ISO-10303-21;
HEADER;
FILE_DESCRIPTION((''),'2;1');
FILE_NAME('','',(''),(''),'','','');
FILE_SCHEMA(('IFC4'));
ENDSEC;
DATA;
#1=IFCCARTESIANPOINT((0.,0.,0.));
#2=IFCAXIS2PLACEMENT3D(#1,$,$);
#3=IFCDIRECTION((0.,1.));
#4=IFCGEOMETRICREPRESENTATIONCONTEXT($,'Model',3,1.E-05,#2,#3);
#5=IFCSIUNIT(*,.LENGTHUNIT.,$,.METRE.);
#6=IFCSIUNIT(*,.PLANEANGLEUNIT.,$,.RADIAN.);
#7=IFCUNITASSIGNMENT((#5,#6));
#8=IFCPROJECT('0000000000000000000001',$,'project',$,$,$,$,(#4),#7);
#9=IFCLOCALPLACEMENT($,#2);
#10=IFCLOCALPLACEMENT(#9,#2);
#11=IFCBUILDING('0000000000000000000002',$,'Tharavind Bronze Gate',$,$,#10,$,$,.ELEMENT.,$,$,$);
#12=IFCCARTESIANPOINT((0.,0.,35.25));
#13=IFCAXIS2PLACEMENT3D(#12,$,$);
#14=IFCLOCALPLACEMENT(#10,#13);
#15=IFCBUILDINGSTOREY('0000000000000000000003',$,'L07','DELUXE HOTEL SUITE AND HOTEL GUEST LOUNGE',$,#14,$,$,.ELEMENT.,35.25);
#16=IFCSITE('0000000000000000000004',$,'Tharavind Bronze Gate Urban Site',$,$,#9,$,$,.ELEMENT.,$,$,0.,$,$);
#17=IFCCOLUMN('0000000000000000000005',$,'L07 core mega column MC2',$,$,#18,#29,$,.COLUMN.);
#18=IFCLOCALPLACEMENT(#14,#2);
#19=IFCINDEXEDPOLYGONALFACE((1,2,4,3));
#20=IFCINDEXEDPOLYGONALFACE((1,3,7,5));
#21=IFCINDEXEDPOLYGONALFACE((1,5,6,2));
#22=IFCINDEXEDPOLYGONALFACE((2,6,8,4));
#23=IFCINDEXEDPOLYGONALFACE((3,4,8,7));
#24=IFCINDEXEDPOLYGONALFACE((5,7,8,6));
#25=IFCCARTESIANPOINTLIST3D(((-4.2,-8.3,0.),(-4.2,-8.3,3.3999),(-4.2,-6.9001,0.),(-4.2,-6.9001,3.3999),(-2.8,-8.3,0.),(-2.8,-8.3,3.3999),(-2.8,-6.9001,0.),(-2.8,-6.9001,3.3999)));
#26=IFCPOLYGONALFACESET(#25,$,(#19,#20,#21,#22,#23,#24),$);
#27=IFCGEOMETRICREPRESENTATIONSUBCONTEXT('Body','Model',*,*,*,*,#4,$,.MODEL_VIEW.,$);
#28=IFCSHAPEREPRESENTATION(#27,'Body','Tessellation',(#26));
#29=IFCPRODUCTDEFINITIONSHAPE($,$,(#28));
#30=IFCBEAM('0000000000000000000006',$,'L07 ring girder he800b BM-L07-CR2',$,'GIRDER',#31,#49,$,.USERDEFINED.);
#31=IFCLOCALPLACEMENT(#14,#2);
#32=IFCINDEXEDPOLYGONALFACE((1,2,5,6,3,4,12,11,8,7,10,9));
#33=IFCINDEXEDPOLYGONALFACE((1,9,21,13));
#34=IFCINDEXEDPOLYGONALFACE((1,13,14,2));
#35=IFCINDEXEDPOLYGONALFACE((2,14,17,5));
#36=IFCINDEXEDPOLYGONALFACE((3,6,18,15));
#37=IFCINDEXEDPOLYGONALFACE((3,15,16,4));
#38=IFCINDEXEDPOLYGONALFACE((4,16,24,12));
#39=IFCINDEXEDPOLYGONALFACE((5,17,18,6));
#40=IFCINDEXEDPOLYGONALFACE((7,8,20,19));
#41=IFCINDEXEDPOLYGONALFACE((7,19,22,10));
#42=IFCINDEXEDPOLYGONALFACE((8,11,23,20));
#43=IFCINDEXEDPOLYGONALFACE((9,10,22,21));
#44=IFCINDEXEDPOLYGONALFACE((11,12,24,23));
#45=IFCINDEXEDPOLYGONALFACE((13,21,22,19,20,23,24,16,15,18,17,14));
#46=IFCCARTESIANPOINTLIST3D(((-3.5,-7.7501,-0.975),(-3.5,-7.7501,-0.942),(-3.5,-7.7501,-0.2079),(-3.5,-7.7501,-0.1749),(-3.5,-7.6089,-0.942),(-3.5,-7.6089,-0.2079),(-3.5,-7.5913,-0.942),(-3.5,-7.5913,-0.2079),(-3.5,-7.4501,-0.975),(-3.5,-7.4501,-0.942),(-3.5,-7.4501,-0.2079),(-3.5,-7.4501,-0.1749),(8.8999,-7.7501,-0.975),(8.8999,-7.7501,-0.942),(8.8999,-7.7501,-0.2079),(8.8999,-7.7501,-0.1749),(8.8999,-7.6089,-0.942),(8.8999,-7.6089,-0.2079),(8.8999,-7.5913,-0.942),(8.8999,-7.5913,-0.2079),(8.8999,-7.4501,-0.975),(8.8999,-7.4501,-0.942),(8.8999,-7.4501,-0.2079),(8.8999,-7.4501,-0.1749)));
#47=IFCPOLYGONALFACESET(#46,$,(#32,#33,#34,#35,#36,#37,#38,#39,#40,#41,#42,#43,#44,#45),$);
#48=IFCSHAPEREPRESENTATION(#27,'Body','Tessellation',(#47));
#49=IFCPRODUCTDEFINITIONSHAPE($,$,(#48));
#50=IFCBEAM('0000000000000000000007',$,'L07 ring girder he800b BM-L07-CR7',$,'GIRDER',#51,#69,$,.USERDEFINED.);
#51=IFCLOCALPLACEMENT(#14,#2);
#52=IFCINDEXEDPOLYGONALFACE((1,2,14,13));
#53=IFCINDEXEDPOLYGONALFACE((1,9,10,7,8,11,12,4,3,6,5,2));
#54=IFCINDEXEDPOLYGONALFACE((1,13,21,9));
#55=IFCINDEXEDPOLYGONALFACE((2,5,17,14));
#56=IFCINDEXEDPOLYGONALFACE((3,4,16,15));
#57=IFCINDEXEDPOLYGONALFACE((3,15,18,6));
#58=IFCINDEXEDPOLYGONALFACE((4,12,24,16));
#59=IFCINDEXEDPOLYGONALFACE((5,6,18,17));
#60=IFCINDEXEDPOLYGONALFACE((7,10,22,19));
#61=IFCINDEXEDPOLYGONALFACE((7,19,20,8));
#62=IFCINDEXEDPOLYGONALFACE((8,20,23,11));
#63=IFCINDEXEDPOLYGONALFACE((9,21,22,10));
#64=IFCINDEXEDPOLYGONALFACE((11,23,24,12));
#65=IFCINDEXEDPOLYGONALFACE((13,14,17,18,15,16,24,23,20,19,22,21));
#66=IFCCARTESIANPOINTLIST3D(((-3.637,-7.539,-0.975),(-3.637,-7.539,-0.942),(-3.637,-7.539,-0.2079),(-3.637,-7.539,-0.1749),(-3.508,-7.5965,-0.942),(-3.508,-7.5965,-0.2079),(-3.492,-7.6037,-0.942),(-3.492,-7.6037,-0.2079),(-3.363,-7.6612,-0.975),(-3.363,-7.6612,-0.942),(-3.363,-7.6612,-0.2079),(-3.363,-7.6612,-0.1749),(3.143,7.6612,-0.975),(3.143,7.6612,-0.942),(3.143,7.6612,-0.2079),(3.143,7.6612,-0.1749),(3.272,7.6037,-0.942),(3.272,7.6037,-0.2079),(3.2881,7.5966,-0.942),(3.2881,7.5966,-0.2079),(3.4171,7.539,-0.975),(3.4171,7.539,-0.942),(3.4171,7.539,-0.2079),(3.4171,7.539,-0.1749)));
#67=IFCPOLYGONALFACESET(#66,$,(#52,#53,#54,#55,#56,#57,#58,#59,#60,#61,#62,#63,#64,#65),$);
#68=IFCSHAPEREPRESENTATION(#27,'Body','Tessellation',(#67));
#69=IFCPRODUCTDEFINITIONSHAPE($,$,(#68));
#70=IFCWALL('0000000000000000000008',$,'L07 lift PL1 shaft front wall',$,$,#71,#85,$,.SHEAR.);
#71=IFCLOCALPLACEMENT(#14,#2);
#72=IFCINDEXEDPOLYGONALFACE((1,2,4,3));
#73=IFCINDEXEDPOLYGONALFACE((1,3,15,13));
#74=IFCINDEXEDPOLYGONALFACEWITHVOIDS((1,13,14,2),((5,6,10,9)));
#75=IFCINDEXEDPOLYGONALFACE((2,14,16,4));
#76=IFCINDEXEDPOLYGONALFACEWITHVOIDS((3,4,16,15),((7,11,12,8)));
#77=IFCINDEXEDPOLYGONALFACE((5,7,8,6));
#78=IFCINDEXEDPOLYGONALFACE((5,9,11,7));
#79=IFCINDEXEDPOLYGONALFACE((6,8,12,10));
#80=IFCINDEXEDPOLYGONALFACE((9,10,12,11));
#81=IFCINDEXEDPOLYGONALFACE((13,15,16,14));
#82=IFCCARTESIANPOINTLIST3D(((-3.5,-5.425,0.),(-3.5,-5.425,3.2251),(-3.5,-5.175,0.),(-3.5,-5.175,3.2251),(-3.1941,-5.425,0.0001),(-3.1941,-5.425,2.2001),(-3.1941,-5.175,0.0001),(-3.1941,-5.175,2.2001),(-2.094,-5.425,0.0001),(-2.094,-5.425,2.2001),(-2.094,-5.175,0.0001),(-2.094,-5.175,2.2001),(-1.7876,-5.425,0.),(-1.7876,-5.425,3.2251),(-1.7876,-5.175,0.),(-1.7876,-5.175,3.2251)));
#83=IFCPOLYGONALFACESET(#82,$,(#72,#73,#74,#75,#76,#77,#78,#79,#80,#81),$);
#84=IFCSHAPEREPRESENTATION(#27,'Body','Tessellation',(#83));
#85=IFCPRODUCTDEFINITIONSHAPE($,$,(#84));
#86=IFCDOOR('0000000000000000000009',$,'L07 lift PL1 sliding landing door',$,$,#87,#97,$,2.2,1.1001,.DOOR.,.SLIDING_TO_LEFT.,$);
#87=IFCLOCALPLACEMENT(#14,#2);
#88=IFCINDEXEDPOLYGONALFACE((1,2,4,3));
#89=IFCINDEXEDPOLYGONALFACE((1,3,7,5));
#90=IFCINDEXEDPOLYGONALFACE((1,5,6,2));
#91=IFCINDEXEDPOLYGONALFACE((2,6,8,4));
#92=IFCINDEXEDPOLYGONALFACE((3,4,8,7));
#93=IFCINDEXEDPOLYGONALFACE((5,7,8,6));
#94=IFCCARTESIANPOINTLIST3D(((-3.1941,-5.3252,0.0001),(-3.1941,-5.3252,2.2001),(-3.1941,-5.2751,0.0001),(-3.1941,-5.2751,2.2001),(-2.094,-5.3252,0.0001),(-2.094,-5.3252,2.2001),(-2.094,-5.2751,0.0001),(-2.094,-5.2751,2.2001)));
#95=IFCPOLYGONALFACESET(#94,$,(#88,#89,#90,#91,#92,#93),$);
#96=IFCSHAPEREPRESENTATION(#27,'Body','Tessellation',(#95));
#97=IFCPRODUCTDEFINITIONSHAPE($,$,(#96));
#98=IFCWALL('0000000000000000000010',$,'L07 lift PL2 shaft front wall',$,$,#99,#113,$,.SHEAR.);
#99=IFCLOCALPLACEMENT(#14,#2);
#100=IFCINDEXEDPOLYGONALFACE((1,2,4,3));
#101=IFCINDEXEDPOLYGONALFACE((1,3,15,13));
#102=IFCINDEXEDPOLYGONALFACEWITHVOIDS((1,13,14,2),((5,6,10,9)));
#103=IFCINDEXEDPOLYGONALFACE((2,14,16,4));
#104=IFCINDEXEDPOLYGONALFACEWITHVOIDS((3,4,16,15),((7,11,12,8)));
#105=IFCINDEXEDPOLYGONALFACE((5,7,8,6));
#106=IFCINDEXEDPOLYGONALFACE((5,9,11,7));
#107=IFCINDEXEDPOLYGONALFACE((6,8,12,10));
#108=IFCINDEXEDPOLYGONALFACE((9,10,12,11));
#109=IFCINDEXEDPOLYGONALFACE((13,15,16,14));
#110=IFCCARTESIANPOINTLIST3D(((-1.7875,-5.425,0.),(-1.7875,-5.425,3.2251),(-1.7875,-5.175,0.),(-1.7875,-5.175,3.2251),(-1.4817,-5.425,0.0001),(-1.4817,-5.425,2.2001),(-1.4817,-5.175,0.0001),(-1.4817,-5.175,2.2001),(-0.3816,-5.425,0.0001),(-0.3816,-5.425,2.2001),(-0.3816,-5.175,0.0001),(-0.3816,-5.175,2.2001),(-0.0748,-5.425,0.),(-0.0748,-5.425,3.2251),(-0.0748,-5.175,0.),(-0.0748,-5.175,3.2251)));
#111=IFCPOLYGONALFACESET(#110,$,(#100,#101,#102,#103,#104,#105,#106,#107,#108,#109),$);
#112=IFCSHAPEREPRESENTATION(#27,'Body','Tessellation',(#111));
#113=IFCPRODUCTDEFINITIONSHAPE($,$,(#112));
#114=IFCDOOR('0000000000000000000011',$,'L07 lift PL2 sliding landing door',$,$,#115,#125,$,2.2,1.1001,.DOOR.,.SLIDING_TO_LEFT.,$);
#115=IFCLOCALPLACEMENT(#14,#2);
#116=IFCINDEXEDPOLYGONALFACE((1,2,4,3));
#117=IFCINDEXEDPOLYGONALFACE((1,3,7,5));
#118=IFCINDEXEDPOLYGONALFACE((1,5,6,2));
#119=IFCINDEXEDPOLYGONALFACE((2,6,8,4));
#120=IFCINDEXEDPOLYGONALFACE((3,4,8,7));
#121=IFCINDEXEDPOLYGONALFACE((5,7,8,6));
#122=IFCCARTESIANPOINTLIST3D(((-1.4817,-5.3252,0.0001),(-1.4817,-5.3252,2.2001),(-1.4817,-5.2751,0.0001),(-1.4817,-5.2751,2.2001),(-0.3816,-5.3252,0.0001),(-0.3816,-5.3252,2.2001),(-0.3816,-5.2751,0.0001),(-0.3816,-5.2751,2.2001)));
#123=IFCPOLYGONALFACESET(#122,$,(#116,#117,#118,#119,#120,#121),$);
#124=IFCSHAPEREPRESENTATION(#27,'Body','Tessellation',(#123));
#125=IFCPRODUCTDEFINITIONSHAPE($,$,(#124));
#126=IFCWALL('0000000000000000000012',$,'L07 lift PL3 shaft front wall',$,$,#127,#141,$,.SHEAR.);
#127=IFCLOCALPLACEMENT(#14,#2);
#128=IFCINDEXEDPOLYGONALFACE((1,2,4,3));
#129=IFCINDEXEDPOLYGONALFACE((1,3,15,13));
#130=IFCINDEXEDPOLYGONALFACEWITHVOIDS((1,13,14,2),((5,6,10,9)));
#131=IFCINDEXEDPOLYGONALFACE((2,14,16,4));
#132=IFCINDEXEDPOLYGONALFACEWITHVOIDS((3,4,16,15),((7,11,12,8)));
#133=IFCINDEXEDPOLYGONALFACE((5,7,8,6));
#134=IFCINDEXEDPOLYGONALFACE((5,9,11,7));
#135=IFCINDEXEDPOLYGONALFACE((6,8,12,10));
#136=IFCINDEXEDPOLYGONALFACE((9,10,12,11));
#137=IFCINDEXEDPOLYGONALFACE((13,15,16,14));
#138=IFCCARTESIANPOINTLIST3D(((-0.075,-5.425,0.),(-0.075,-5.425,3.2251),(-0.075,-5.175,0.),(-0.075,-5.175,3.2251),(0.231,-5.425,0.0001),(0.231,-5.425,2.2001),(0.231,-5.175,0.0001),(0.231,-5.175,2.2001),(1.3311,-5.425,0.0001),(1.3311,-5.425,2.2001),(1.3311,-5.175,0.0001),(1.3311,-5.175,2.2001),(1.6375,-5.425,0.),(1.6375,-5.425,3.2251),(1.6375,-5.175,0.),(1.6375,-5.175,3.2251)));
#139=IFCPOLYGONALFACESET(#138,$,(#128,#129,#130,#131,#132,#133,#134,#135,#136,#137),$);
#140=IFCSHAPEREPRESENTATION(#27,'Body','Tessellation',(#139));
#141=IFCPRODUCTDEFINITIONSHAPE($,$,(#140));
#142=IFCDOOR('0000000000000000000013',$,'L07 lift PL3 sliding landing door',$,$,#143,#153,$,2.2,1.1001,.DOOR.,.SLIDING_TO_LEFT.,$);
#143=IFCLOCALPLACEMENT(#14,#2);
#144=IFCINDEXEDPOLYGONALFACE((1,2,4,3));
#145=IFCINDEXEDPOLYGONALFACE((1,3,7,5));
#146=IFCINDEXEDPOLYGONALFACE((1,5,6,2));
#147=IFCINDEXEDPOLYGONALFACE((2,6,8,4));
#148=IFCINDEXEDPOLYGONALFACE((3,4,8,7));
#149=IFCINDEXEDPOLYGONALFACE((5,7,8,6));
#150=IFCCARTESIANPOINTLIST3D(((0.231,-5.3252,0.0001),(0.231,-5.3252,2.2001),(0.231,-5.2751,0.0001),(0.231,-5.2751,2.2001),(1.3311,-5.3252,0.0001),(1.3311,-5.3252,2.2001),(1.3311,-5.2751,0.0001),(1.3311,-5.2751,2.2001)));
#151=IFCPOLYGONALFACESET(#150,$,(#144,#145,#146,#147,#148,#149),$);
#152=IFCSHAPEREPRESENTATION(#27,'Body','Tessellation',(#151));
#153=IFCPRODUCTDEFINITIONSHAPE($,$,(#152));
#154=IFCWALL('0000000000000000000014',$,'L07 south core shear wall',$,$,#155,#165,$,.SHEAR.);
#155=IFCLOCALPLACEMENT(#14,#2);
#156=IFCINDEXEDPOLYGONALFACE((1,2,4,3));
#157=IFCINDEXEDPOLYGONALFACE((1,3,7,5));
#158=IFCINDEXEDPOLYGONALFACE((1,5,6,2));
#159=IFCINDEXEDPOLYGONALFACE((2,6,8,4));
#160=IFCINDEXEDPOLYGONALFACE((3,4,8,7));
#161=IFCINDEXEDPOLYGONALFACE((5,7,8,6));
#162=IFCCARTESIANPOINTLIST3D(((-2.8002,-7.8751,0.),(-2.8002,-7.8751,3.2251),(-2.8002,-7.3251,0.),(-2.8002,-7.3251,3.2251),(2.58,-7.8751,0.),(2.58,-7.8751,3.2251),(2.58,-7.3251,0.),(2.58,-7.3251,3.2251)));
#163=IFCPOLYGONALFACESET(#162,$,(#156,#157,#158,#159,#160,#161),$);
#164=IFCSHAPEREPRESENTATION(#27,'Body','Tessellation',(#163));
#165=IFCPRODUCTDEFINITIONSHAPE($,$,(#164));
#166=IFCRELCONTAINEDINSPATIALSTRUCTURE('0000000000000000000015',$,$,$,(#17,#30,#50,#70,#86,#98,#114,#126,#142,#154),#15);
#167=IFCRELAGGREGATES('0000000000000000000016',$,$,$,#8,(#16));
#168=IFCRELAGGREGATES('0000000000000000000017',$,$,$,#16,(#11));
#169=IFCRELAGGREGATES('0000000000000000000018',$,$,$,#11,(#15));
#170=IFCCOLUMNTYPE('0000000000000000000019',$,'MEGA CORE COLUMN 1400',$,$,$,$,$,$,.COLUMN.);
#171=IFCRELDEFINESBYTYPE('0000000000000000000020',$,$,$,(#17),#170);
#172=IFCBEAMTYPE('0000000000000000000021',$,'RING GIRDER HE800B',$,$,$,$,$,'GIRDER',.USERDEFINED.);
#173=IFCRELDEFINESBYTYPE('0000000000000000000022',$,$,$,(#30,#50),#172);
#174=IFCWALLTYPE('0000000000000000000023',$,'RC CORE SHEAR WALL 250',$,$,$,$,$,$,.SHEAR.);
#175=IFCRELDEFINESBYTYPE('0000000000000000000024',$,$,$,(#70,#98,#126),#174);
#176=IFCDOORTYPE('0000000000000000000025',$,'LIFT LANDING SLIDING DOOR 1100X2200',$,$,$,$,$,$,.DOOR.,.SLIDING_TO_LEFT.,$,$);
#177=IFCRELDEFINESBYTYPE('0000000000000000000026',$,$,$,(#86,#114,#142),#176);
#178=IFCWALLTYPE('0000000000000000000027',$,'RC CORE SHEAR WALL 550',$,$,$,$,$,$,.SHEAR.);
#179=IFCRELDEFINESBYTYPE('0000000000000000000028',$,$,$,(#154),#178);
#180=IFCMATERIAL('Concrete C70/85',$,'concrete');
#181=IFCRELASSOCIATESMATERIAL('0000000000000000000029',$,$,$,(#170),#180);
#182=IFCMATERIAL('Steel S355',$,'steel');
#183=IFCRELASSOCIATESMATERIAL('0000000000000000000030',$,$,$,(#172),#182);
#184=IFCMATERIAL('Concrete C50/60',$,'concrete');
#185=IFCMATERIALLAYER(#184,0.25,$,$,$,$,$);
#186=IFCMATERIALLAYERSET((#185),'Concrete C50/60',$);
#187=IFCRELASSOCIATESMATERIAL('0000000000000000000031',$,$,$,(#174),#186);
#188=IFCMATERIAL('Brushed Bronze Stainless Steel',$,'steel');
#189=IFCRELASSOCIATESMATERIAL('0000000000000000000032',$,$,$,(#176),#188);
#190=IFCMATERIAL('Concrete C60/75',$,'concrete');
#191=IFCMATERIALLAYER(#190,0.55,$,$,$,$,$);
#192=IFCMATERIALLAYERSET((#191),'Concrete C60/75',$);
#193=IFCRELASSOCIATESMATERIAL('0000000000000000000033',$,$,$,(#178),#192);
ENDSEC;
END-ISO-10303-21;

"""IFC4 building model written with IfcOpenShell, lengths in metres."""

from ifc_helpers import new_model, si_unit, direction, frame, frame_2d, origin, origin_2d, place, context, subcontext, project, spatial, rectangle, i_section, extrude, material, layer, layer_set, material_profile, profile_set, type_object, element, fill, save


model = new_model("IFC4")

# Units and contexts
model_context = context("Model", 3, precision=1e-05, world=origin(), true_north=direction((0.0, 1.0)))
body_context = subcontext(model_context, "Body", "Model", "MODEL_VIEW")
ifc_project = project(units=[si_unit("LENGTHUNIT", "METRE"), si_unit("PLANEANGLEUNIT", "RADIAN")], contexts=[model_context])

# Site, building, storey
site_placement = place(None, origin())
site = spatial("IfcSite", under=ifc_project, at=site_placement, Name="Tharavind Bronze Gate Urban Site", CompositionType="ELEMENT", RefElevation=0.0)
building_placement = place(site_placement, origin())
building = spatial("IfcBuilding", under=site, at=building_placement, Name="Tharavind Bronze Gate", CompositionType="ELEMENT")
storey_placement = place(building_placement, frame((0.0, 0.0, 35.25)))
storey = spatial("IfcBuildingStorey", under=building, at=storey_placement, Name="L07", Description="DELUXE HOTEL SUITE AND HOTEL GUEST LOUNGE", CompositionType="ELEMENT", Elevation=35.25)

# Column
ifc_material_1 = material(Name="Concrete C70/85", Category="concrete")
ifc_material_profile_1 = material_profile(ifc_material_1, rectangle(XDim=1.3999, YDim=1.3999, at=origin_2d()), Name="RCCOL1400")
ifc_profile_set_1 = profile_set([ifc_material_profile_1], Name="Concrete C70/85")
column_type = type_object("IfcColumnType", Name="MEGA CORE COLUMN 1400", PredefinedType="COLUMN", material=ifc_profile_set_1)
column_placement = place(storey_placement, frame((-3.5, -7.6001, 0.0), z_axis=(0.0, 0.0, 1.0), x_axis=(1.0, 0.0, 0.0)))
element("IfcColumn", 1, at=column_placement, inside=storey, type_object=column_type, Name="L07 core mega column MC2", PredefinedType="COLUMN", context=body_context, shape_type="SweptSolid", body=[
    extrude(rectangle(XDim=1.3999, YDim=1.3999, at=origin_2d()), origin(), (0.0, 0.0, 1.0), 3.3999),
])

# Beams
ifc_material_2 = material(Name="Steel S355", Category="steel")
ifc_material_profile_2 = material_profile(ifc_material_2, i_section(OverallWidth=0.3, OverallDepth=0.8, WebThickness=0.0176, FlangeThickness=0.033, at=origin_2d()), Name="HE800B")
ifc_profile_set_2 = profile_set([ifc_material_profile_2], Name="Steel S355")
beam_type = type_object("IfcBeamType", Name="RING GIRDER HE800B", ElementType="GIRDER", PredefinedType="USERDEFINED", material=ifc_profile_set_2)
beam_1_placement = place(storey_placement, frame((-3.5, -7.6001, -0.575), z_axis=(1.0, 0.0, 0.0), x_axis=(0.0, 1.0, 0.0)))
element("IfcBeam", 2, at=beam_1_placement, inside=storey, type_object=beam_type, Name="L07 ring girder he800b BM-L07-CR2", ObjectType="GIRDER", PredefinedType="USERDEFINED", context=body_context, shape_type="SweptSolid", body=[
    extrude(i_section(OverallWidth=0.3, OverallDepth=0.8, WebThickness=0.0176, FlangeThickness=0.033, at=origin_2d()), origin(), (0.0, 0.0, 1.0), 12.3999),
])
beam_2_placement = place(storey_placement, frame((-3.5, -7.6001, -0.575), z_axis=(0.407362, 0.913267, 0.0), x_axis=(-0.913267, 0.407362, 0.0)))
element("IfcBeam", 3, at=beam_2_placement, inside=storey, type_object=beam_type, Name="L07 ring girder he800b BM-L07-CR7", ObjectType="GIRDER", PredefinedType="USERDEFINED", context=body_context, shape_type="SweptSolid", body=[
    extrude(i_section(OverallWidth=0.3, OverallDepth=0.8, WebThickness=0.0176, FlangeThickness=0.033, at=origin_2d()), origin(), (0.0, 0.0, 1.0), 16.6438),
])

# Walls, openings, doors
ifc_material_3 = material(Name="Concrete C50/60", Category="concrete")
ifc_layer_1 = layer(ifc_material_3, 0.25)
ifc_layer_set_1 = layer_set([ifc_layer_1], Name="Concrete C50/60")
wall_type_1 = type_object("IfcWallType", Name="RC CORE SHEAR WALL 250", PredefinedType="SHEAR", material=ifc_layer_set_1)
wall_1_placement = place(storey_placement, frame((-3.5, -5.3, 0.0), z_axis=(0.0, 0.0, 1.0), x_axis=(1.0, 0.0, 0.0)))
wall_1 = element("IfcWall", 4, at=wall_1_placement, inside=storey, type_object=wall_type_1, Name="L07 lift PL1 shaft front wall", PredefinedType="SHEAR", context=body_context, shape_type="SweptSolid", body=[
    extrude(rectangle(XDim=1.7124, YDim=0.25, at=frame_2d((0.8562, 0.0))), origin(), (0.0, 0.0, 1.0), 3.2251),
])
opening_1_placement = place(wall_1_placement, frame((0.3059, 0.0, 0.0)))
opening_1 = element("IfcOpeningElement", 5, at=opening_1_placement, cuts=wall_1, PredefinedType="OPENING", context=body_context, shape_type="SweptSolid", body=[
    extrude(rectangle(XDim=1.1001, YDim=2.2, at=frame_2d((0.55, 1.1001))), frame((0.0, 0.135, 0.0), z_axis=(0.0, -1.0, 0.0), x_axis=(1.0, 0.0, 0.0)), (0.0, 0.0, 1.0), 0.27),
])
ifc_material_4 = material(Name="Brushed Bronze Stainless Steel", Category="steel")
door_type_1 = type_object("IfcDoorType", Name="LIFT LANDING SLIDING DOOR 1100X2200", OperationType="SLIDING_TO_LEFT", PredefinedType="DOOR", material=ifc_material_4)
door_1_placement = place(opening_1_placement, origin())
door_1 = element("IfcDoor", 6, at=door_1_placement, inside=storey, type_object=door_type_1, Name="L07 lift PL1 sliding landing door", OperationType="SLIDING_TO_LEFT", OverallHeight=2.2, OverallWidth=1.1001, PredefinedType="DOOR", context=body_context, shape_type="SweptSolid", body=[
    extrude(rectangle(XDim=1.1001, YDim=2.2, at=frame_2d((0.55, 1.1001))), frame((0.0, 0.0249, 0.0), z_axis=(0.0, -1.0, 0.0), x_axis=(1.0, 0.0, 0.0)), (0.0, 0.0, 1.0), 0.05),
])
fill(opening_1, door_1)
wall_2_placement = place(storey_placement, frame((-1.7876, -5.3, 0.0), z_axis=(0.0, 0.0, 1.0), x_axis=(1.0, 0.0, 0.0)))
wall_2 = element("IfcWall", 7, at=wall_2_placement, inside=storey, type_object=wall_type_1, Name="L07 lift PL2 shaft front wall", PredefinedType="SHEAR", context=body_context, shape_type="SweptSolid", body=[
    extrude(rectangle(XDim=1.7126, YDim=0.25, at=frame_2d((0.8564, 0.0))), origin(), (0.0, 0.0, 1.0), 3.2251),
])
opening_2_placement = place(wall_2_placement, frame((0.3059, 0.0, 0.0)))
opening_2 = element("IfcOpeningElement", 8, at=opening_2_placement, cuts=wall_2, PredefinedType="OPENING", context=body_context, shape_type="SweptSolid", body=[
    extrude(rectangle(XDim=1.1001, YDim=2.2, at=frame_2d((0.55, 1.1001))), frame((0.0, 0.135, 0.0), z_axis=(0.0, -1.0, 0.0), x_axis=(1.0, 0.0, 0.0)), (0.0, 0.0, 1.0), 0.27),
])
door_2_placement = place(opening_2_placement, origin())
door_2 = element("IfcDoor", 9, at=door_2_placement, inside=storey, type_object=door_type_1, Name="L07 lift PL2 sliding landing door", OperationType="SLIDING_TO_LEFT", OverallHeight=2.2, OverallWidth=1.1001, PredefinedType="DOOR", context=body_context, shape_type="SweptSolid", body=[
    extrude(rectangle(XDim=1.1001, YDim=2.2, at=frame_2d((0.55, 1.1001))), frame((0.0, 0.0249, 0.0), z_axis=(0.0, -1.0, 0.0), x_axis=(1.0, 0.0, 0.0)), (0.0, 0.0, 1.0), 0.05),
])
fill(opening_2, door_2)
wall_3_placement = place(storey_placement, frame((-0.075, -5.3, 0.0), z_axis=(0.0, 0.0, 1.0), x_axis=(1.0, 0.0, 0.0)))
wall_3 = element("IfcWall", 10, at=wall_3_placement, inside=storey, type_object=wall_type_1, Name="L07 lift PL3 shaft front wall", PredefinedType="SHEAR", context=body_context, shape_type="SweptSolid", body=[
    extrude(rectangle(XDim=1.7124, YDim=0.25, at=frame_2d((0.8562, 0.0))), origin(), (0.0, 0.0, 1.0), 3.2251),
])
opening_3_placement = place(wall_3_placement, frame((0.3059, 0.0, 0.0)))
opening_3 = element("IfcOpeningElement", 11, at=opening_3_placement, cuts=wall_3, PredefinedType="OPENING", context=body_context, shape_type="SweptSolid", body=[
    extrude(rectangle(XDim=1.1001, YDim=2.2, at=frame_2d((0.55, 1.1001))), frame((0.0, 0.135, 0.0), z_axis=(0.0, -1.0, 0.0), x_axis=(1.0, 0.0, 0.0)), (0.0, 0.0, 1.0), 0.27),
])
door_3_placement = place(opening_3_placement, origin())
door_3 = element("IfcDoor", 12, at=door_3_placement, inside=storey, type_object=door_type_1, Name="L07 lift PL3 sliding landing door", OperationType="SLIDING_TO_LEFT", OverallHeight=2.2, OverallWidth=1.1001, PredefinedType="DOOR", context=body_context, shape_type="SweptSolid", body=[
    extrude(rectangle(XDim=1.1001, YDim=2.2, at=frame_2d((0.55, 1.1001))), frame((0.0, 0.0249, 0.0), z_axis=(0.0, -1.0, 0.0), x_axis=(1.0, 0.0, 0.0)), (0.0, 0.0, 1.0), 0.05),
])
fill(opening_3, door_3)

# Wall
ifc_material_5 = material(Name="Concrete C60/75", Category="concrete")
ifc_layer_2 = layer(ifc_material_5, 0.55)
ifc_layer_set_2 = layer_set([ifc_layer_2], Name="Concrete C60/75")
wall_type_2 = type_object("IfcWallType", Name="RC CORE SHEAR WALL 550", PredefinedType="SHEAR", material=ifc_layer_set_2)
wall_4_placement = place(storey_placement, frame((-2.8, -7.6001, 0.0), z_axis=(0.0, 0.0, 1.0), x_axis=(1.0, 0.0, 0.0)))
element("IfcWall", 13, at=wall_4_placement, inside=storey, type_object=wall_type_2, Name="L07 south core shear wall", PredefinedType="SHEAR", context=body_context, shape_type="SweptSolid", body=[
    extrude(rectangle(XDim=5.3801, YDim=0.55, at=frame_2d((2.6899, 0.0))), origin(), (0.0, 0.0, 1.0), 3.2251),
])

save(model, "model.ifc")
